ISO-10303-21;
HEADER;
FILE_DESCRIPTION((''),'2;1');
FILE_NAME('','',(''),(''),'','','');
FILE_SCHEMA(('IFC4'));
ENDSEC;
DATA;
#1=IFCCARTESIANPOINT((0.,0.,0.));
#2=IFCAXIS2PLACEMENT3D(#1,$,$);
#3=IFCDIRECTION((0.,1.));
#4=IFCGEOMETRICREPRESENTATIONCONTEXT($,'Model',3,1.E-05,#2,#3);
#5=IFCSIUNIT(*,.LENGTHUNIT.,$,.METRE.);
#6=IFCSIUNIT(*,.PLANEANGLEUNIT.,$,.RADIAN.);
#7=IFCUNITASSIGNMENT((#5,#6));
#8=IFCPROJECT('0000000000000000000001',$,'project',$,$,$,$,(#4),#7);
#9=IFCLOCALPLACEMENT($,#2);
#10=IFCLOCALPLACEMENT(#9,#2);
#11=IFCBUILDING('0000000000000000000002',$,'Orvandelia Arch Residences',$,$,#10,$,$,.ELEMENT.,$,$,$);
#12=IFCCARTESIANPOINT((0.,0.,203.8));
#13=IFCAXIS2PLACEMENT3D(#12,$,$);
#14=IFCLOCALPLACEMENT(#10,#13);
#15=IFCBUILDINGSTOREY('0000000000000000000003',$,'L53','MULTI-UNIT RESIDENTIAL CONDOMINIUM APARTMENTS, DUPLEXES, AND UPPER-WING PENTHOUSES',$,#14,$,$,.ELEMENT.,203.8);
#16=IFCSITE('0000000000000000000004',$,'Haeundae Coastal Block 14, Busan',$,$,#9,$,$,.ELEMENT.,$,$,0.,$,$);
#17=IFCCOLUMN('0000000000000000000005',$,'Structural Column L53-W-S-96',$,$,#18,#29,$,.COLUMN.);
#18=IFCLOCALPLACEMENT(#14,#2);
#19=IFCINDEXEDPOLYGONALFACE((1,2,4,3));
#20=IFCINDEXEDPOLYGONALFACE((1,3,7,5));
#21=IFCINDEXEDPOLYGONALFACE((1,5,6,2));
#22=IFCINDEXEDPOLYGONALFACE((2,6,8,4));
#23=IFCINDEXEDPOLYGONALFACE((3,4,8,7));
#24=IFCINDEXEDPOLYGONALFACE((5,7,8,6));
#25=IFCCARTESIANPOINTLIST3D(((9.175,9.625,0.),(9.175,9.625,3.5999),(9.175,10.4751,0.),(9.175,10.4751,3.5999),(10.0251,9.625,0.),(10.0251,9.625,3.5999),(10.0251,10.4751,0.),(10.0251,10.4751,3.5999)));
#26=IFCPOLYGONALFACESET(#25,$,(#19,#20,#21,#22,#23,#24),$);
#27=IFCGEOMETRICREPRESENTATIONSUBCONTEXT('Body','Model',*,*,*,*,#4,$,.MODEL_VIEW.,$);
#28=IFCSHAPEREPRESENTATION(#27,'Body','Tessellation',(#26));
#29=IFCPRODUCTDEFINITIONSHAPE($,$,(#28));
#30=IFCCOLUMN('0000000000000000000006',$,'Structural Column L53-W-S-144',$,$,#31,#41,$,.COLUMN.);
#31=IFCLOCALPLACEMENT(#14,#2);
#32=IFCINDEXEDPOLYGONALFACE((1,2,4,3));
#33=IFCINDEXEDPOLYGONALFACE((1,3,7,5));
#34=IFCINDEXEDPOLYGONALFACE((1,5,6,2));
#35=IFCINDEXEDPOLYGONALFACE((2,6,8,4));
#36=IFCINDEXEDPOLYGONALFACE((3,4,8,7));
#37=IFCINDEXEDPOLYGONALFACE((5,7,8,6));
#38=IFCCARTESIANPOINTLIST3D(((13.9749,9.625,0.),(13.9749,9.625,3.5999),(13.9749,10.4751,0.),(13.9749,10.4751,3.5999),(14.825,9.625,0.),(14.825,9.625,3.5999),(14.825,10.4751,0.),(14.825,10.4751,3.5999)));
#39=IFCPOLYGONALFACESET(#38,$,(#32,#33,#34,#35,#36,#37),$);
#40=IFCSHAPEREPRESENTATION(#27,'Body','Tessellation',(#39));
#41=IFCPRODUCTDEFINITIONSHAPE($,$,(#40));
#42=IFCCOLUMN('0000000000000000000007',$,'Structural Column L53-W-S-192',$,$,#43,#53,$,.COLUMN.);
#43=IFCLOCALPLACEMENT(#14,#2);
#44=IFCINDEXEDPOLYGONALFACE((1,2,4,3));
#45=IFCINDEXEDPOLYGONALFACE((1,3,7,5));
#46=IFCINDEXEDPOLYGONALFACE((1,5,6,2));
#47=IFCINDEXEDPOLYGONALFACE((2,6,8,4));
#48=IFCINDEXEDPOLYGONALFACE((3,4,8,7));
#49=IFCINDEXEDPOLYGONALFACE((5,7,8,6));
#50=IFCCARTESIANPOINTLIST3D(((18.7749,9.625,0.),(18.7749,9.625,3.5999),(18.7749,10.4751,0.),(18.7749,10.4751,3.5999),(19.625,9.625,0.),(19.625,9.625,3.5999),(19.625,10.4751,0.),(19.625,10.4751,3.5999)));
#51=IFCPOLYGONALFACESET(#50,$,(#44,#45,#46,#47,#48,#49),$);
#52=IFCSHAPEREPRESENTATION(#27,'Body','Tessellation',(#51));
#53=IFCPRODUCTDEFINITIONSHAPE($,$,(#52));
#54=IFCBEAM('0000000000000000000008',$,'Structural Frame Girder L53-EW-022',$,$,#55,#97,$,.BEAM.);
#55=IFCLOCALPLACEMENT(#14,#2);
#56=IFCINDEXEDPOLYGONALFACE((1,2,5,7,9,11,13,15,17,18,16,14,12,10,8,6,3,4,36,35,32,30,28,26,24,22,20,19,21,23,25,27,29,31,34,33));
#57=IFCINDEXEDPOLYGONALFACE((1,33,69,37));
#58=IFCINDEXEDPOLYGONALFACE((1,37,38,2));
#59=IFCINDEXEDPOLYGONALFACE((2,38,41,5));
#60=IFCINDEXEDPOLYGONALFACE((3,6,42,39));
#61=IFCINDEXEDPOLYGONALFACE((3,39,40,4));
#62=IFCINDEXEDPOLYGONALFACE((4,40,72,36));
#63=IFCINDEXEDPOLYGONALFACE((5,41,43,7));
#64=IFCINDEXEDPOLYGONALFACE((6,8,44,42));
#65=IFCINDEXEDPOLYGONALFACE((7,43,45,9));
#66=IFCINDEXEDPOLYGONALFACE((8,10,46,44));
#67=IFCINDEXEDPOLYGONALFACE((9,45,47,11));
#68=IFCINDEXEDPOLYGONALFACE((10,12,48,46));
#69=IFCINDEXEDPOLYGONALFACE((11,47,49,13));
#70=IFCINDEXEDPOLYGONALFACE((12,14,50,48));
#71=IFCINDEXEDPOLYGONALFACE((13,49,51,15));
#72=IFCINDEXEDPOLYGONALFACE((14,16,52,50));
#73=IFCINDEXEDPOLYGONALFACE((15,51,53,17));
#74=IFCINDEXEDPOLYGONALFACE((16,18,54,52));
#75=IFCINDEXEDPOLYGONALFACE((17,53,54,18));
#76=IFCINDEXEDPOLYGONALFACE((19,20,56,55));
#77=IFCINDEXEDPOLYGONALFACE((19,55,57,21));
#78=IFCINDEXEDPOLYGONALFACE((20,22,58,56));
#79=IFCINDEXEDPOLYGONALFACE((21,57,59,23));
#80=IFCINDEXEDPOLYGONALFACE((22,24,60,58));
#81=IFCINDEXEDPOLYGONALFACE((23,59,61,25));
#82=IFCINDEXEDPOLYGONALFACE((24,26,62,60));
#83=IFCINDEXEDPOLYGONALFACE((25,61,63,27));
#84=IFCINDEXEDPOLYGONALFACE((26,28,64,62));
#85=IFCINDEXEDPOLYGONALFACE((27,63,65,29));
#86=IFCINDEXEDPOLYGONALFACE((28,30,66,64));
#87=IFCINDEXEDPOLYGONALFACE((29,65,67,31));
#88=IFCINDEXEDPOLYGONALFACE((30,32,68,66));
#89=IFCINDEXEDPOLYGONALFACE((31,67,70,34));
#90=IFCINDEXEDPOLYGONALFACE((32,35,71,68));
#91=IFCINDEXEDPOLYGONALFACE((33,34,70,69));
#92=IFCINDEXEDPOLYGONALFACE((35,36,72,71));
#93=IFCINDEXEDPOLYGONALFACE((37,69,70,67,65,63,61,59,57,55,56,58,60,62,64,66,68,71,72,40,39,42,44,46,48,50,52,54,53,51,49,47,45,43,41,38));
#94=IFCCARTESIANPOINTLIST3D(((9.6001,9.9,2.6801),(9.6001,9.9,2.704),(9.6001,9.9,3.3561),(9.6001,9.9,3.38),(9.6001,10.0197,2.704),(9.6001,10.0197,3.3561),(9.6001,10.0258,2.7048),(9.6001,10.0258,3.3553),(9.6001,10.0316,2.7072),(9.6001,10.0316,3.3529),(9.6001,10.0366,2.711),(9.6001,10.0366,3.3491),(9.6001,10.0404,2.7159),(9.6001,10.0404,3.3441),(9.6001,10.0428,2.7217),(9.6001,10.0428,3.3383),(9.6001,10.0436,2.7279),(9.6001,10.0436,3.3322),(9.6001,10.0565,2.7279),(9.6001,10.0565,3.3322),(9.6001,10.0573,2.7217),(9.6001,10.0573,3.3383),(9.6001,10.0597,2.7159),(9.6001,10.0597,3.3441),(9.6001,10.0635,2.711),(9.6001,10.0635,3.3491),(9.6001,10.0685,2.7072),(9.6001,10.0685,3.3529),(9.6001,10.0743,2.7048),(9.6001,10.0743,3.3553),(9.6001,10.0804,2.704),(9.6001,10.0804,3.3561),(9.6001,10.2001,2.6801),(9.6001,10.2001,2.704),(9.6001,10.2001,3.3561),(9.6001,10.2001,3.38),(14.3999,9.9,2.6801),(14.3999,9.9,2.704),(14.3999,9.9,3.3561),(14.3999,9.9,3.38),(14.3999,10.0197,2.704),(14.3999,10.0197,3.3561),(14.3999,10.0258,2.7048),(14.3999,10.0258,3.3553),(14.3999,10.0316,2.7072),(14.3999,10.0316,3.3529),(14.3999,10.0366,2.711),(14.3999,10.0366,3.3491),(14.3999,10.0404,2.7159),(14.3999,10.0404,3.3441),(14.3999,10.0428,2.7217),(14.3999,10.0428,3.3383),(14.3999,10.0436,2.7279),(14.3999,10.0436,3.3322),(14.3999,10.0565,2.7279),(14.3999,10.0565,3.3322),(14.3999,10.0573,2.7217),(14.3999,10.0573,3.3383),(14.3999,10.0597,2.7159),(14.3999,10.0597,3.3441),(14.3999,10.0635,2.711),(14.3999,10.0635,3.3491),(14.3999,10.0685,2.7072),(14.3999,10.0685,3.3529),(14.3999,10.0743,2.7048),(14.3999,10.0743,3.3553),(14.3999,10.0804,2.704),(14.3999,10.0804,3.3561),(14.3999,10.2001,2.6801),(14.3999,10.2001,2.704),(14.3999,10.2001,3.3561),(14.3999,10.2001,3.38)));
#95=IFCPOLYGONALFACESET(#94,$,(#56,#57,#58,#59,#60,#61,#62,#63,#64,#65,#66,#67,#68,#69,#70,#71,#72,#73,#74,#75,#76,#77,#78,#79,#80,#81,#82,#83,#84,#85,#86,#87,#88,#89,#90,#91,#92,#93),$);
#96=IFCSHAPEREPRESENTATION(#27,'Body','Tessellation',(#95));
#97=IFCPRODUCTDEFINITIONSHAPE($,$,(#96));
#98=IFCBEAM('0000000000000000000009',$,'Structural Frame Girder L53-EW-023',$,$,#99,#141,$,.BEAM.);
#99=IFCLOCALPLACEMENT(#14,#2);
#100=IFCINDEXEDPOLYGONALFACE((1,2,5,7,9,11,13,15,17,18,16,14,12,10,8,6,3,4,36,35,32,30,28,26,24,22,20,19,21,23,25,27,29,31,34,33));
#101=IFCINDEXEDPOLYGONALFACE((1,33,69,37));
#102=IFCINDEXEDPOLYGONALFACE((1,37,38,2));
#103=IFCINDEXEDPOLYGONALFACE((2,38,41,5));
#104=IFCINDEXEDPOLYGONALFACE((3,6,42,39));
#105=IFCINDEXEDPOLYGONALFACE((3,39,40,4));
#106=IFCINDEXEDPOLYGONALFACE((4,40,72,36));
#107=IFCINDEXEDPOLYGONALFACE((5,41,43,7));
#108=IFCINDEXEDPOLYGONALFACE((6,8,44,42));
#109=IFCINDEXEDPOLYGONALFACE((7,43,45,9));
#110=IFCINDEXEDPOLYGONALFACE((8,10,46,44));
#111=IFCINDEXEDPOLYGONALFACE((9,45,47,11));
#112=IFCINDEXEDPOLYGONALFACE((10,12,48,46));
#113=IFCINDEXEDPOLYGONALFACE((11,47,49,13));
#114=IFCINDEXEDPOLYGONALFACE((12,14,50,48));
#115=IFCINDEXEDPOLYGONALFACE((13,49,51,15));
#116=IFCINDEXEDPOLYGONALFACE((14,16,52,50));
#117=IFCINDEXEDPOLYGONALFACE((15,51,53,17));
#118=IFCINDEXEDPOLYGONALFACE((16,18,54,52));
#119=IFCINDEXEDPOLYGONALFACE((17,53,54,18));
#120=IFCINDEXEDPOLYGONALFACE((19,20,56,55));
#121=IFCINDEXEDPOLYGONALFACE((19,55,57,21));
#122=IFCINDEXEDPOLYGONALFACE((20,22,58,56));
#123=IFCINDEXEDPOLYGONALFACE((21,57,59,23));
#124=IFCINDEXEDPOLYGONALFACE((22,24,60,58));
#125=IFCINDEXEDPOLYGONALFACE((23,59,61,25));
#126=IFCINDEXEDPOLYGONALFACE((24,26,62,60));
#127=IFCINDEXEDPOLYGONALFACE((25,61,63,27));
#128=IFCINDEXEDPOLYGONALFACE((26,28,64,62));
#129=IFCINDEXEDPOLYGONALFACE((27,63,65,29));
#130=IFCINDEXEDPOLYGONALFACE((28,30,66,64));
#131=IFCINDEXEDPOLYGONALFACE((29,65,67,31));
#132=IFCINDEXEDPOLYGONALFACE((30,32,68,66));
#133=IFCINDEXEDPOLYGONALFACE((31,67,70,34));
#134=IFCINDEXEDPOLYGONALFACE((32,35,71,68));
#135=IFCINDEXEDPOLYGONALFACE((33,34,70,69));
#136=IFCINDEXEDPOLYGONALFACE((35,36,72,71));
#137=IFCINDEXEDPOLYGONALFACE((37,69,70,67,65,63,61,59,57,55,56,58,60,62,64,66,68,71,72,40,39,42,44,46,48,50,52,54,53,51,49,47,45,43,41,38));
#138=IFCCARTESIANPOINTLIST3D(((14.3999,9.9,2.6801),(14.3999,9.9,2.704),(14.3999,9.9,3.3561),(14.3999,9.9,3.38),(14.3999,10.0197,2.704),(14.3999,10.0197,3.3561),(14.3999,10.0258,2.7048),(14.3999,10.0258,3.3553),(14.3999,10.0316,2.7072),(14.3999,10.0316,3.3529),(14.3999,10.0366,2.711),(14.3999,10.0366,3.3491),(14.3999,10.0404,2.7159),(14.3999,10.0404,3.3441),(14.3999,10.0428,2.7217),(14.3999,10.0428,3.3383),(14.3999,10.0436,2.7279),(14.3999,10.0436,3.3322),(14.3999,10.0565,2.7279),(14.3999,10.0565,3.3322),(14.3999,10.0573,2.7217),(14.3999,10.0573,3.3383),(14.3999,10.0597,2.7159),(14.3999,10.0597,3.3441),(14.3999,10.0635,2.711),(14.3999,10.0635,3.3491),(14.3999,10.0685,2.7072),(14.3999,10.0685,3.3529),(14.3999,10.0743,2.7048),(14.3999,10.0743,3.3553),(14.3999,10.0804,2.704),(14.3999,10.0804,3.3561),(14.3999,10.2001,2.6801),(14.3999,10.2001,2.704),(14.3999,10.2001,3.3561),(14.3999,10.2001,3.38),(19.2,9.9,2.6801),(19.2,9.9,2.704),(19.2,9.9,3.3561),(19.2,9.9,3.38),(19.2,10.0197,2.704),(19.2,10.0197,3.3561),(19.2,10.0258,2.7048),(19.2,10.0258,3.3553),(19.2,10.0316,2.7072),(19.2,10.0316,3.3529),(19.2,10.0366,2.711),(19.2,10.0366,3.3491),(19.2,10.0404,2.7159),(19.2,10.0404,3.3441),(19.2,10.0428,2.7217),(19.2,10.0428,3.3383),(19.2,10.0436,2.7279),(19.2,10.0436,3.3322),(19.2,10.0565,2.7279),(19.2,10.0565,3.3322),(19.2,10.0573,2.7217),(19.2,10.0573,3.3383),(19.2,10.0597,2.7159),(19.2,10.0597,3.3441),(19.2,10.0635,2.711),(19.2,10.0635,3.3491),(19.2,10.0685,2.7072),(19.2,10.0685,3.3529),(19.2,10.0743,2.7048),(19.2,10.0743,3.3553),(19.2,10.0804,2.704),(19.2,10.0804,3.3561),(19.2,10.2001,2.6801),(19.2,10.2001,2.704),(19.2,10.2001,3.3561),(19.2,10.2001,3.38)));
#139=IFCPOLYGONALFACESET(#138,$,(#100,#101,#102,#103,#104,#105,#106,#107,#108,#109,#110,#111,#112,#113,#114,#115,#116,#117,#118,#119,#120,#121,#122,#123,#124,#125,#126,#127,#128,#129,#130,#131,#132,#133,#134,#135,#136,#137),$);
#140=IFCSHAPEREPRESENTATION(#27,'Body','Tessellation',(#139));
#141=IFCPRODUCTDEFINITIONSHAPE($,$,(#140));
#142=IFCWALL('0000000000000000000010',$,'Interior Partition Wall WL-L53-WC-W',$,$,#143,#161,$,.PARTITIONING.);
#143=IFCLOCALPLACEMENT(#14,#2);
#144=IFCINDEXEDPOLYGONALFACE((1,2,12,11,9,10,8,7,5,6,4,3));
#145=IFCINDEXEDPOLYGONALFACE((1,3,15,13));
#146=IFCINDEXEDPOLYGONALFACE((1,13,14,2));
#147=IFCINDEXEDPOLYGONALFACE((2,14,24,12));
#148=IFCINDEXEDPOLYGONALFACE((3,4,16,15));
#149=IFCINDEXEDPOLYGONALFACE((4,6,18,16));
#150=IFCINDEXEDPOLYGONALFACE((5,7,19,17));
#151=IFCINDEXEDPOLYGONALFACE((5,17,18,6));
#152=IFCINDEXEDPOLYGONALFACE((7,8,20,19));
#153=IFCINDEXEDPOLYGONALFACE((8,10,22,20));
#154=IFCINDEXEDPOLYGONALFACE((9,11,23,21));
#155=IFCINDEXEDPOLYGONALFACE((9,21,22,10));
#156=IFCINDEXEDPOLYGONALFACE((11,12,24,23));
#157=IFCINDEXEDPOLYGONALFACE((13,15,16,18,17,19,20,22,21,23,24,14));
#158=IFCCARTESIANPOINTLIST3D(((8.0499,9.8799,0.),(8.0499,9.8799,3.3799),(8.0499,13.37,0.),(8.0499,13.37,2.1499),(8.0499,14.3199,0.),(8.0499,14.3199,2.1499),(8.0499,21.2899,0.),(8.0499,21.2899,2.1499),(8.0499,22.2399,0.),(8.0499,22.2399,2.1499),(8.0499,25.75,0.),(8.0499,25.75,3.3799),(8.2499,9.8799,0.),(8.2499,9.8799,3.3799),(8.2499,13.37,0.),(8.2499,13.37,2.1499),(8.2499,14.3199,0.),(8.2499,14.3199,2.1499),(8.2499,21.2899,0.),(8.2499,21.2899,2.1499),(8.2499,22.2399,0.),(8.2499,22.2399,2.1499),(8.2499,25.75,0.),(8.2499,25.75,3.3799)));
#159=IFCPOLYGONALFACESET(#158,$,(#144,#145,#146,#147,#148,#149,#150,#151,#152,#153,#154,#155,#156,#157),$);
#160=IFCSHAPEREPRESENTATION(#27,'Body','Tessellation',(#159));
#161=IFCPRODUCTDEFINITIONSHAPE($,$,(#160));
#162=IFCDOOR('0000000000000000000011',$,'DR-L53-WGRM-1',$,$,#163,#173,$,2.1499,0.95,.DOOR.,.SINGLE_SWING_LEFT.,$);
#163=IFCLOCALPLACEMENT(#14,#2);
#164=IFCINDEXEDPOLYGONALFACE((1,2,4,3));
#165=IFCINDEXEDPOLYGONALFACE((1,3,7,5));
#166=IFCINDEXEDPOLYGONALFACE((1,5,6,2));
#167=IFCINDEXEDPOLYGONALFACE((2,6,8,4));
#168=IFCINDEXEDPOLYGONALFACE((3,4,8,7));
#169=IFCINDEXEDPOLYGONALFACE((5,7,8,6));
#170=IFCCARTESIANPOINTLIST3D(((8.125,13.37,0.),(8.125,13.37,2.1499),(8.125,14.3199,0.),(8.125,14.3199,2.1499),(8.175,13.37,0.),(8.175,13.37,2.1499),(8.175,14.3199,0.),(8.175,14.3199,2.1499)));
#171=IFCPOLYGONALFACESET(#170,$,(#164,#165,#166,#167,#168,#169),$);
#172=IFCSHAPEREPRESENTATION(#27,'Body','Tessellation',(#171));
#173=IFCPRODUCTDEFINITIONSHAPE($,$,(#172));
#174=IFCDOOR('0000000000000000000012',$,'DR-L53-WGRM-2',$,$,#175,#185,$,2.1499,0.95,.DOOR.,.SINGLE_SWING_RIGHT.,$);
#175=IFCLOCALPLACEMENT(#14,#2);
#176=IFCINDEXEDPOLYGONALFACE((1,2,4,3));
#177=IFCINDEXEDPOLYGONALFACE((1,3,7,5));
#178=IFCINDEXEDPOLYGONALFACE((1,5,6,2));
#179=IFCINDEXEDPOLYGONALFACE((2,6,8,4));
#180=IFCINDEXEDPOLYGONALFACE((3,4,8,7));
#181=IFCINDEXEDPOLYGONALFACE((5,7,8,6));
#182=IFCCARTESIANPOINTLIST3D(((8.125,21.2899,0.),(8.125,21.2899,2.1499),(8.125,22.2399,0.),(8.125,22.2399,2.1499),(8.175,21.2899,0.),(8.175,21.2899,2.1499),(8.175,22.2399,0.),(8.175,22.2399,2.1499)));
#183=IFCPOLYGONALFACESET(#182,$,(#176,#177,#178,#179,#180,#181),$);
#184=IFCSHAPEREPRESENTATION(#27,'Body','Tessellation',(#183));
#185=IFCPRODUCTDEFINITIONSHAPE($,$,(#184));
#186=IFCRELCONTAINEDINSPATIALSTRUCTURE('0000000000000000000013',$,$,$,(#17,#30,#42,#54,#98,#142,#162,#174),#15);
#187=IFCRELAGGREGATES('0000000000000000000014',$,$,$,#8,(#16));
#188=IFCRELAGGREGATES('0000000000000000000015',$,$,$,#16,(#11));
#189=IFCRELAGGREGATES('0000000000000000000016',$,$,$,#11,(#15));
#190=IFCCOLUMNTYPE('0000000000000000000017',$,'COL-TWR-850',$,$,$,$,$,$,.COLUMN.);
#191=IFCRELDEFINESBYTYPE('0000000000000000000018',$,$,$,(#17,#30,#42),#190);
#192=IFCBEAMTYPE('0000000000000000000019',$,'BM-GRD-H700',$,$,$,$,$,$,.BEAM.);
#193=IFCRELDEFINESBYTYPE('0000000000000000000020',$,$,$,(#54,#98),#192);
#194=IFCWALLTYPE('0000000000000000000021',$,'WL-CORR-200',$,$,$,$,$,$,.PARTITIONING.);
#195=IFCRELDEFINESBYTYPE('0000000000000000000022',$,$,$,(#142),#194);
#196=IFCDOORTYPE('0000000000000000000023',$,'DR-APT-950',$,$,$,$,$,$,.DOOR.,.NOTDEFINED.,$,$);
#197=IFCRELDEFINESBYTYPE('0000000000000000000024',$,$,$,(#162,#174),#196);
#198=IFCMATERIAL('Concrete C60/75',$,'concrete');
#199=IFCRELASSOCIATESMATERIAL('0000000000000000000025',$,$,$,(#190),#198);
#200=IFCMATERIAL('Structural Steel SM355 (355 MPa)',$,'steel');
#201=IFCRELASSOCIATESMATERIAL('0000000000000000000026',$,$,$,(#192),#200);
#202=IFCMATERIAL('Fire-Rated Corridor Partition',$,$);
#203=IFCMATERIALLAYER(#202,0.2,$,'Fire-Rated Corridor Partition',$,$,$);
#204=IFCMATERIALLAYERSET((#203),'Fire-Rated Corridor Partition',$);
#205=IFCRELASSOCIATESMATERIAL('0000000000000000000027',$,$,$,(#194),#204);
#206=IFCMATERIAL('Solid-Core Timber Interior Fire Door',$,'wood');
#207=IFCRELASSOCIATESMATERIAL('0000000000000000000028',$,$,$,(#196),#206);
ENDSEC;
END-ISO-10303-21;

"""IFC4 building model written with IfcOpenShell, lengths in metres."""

from ifc_helpers import new_model, si_unit, direction, frame, frame_2d, origin, origin_2d, place, context, subcontext, project, spatial, rectangle, i_section, extrude, material, layer, layer_set, material_profile, profile_set, type_object, element, fill, save


model = new_model("IFC4")

# Units and contexts
model_context = context("Model", 3, precision=1e-05, world=origin(), true_north=direction((0.0, 1.0)))
body_context = subcontext(model_context, "Body", "Model", "MODEL_VIEW")
ifc_project = project(units=[si_unit("LENGTHUNIT", "METRE"), si_unit("PLANEANGLEUNIT", "RADIAN")], contexts=[model_context])

# Site, building, storey
site_placement = place(None, origin())
site = spatial("IfcSite", under=ifc_project, at=site_placement, Name="Haeundae Coastal Block 14, Busan", CompositionType="ELEMENT", RefElevation=0.0)
building_placement = place(site_placement, origin())
building = spatial("IfcBuilding", under=site, at=building_placement, Name="Orvandelia Arch Residences", CompositionType="ELEMENT")
storey_placement = place(building_placement, frame((0.0, 0.0, 203.8)))
storey = spatial("IfcBuildingStorey", under=building, at=storey_placement, Name="L53", Description="MULTI-UNIT RESIDENTIAL CONDOMINIUM APARTMENTS, DUPLEXES, AND UPPER-WING PENTHOUSES", CompositionType="ELEMENT", Elevation=203.8)

# Columns
ifc_material_1 = material(Name="Concrete C60/75", Category="concrete")
ifc_material_profile_1 = material_profile(ifc_material_1, rectangle(XDim=0.8501, YDim=0.8501, at=origin_2d()), Name="Concrete C60/75", Category="concrete")
ifc_profile_set_1 = profile_set([ifc_material_profile_1], Name="Concrete C60/75")
column_type = type_object("IfcColumnType", Name="COL-TWR-850", PredefinedType="COLUMN", material=ifc_profile_set_1)
for number, where, z_axis, x_axis, name in (
    (1, (9.6001, 10.05, 0.0), (0.0, 0.0, 1.0), (1.0, 0.0, 0.0), "Structural Column L53-W-S-96"),
    (2, (14.3999, 10.05, 0.0), (0.0, 0.0, 1.0), (1.0, 0.0, 0.0), "Structural Column L53-W-S-144"),
    (3, (19.2, 10.05, 0.0), (0.0, 0.0, 1.0), (1.0, 0.0, 0.0), "Structural Column L53-W-S-192"),
):
    element("IfcColumn", number, at=place(storey_placement, frame(where, z_axis=z_axis, x_axis=x_axis)), inside=storey, type_object=column_type, Name=name, PredefinedType="COLUMN", context=body_context, shape_type="SweptSolid", body=[
        extrude(rectangle(XDim=0.8501, YDim=0.8501, at=origin_2d()), origin(), (0.0, 0.0, 1.0), 3.5999),
    ])

# Beams
ifc_material_2 = material(Name="Structural Steel SM355 (355 MPa)", Category="steel")
ifc_material_profile_2 = material_profile(ifc_material_2, i_section(OverallWidth=0.3, OverallDepth=0.7, WebThickness=0.0129, FlangeThickness=0.0239, FilletRadius=0.0239, at=origin_2d()), Name="Structural Steel SM355 (355 MPa)", Category="steel")
ifc_profile_set_2 = profile_set([ifc_material_profile_2], Name="Structural Steel SM355 (355 MPa)")
beam_type = type_object("IfcBeamType", Name="BM-GRD-H700", PredefinedType="BEAM", material=ifc_profile_set_2)
beam_1_placement = place(storey_placement, frame((9.6001, 10.05, 3.03), z_axis=(1.0, 0.0, 0.0), x_axis=(0.0, 1.0, 0.0)))
element("IfcBeam", 4, at=beam_1_placement, inside=storey, type_object=beam_type, Name="Structural Frame Girder L53-EW-022", PredefinedType="BEAM", context=body_context, shape_type="SweptSolid", body=[
    extrude(i_section(OverallWidth=0.3, OverallDepth=0.7, WebThickness=0.0129, FlangeThickness=0.0239, FilletRadius=0.0239, at=origin_2d()), origin(), (0.0, 0.0, 1.0), 4.7998),
])
beam_2_placement = place(storey_placement, frame((14.3999, 10.05, 3.03), z_axis=(1.0, 0.0, 0.0), x_axis=(0.0, 1.0, 0.0)))
element("IfcBeam", 5, at=beam_2_placement, inside=storey, type_object=beam_type, Name="Structural Frame Girder L53-EW-023", PredefinedType="BEAM", context=body_context, shape_type="SweptSolid", body=[
    extrude(i_section(OverallWidth=0.3, OverallDepth=0.7, WebThickness=0.0129, FlangeThickness=0.0239, FilletRadius=0.0239, at=origin_2d()), origin(), (0.0, 0.0, 1.0), 4.8),
])

# Wall, openings, doors
ifc_material_3 = material(Name="Fire-Rated Corridor Partition")
ifc_layer_1 = layer(ifc_material_3, 0.2, Name="Fire-Rated Corridor Partition")
ifc_layer_set_1 = layer_set([ifc_layer_1], Name="Fire-Rated Corridor Partition")
wall_type_1 = type_object("IfcWallType", Name="WL-CORR-200", PredefinedType="PARTITIONING", material=ifc_layer_set_1)
wall_1_placement = place(storey_placement, frame((8.1499, 9.8799, 0.0), z_axis=(0.0, 0.0, 1.0), x_axis=(0.0, 1.0, 0.0)))
wall_1 = element("IfcWall", 6, at=wall_1_placement, inside=storey, type_object=wall_type_1, Name="Interior Partition Wall WL-L53-WC-W", PredefinedType="PARTITIONING", context=body_context, shape_type="SweptSolid", body=[
    extrude(rectangle(XDim=15.8701, YDim=0.2, at=frame_2d((7.9351, 0.0))), origin(), (0.0, 0.0, 1.0), 3.3799),
])
opening_1_placement = place(wall_1_placement, frame((3.49, 0.0, 0.0)))
opening_1 = element("IfcOpeningElement", 7, at=opening_1_placement, cuts=wall_1, PredefinedType="OPENING", context=body_context, shape_type="SweptSolid", body=[
    extrude(rectangle(XDim=0.95, YDim=2.1499, at=frame_2d((0.4751, 1.075))), frame((0.0, 0.1099, 0.0), z_axis=(0.0, -1.0, 0.0), x_axis=(1.0, 0.0, 0.0)), (0.0, 0.0, 1.0), 0.22),
])
opening_2_placement = place(wall_1_placement, frame((11.4099, 0.0, 0.0)))
opening_2 = element("IfcOpeningElement", 8, at=opening_2_placement, cuts=wall_1, PredefinedType="OPENING", context=body_context, shape_type="SweptSolid", body=[
    extrude(rectangle(XDim=0.95, YDim=2.1499, at=frame_2d((0.4751, 1.075))), frame((0.0, 0.1099, 0.0), z_axis=(0.0, -1.0, 0.0), x_axis=(1.0, 0.0, 0.0)), (0.0, 0.0, 1.0), 0.22),
])
ifc_material_4 = material(Name="Solid-Core Timber Interior Fire Door", Category="wood")
door_type_1 = type_object("IfcDoorType", Name="DR-APT-950", OperationType="NOTDEFINED", PredefinedType="DOOR", material=ifc_material_4)
door_1_placement = place(opening_1_placement, origin())
door_1 = element("IfcDoor", 9, at=door_1_placement, inside=storey, type_object=door_type_1, Name="DR-L53-WGRM-1", OperationType="SINGLE_SWING_LEFT", OverallHeight=2.1499, OverallWidth=0.95, PredefinedType="DOOR", context=body_context, shape_type="SweptSolid", body=[
    extrude(rectangle(XDim=0.95, YDim=2.1499, at=frame_2d((0.4751, 1.075))), frame((0.0, 0.0249, 0.0), z_axis=(0.0, -1.0, 0.0), x_axis=(1.0, 0.0, 0.0)), (0.0, 0.0, 1.0), 0.05),
])
fill(opening_1, door_1)
door_2_placement = place(opening_2_placement, origin())
door_2 = element("IfcDoor", 10, at=door_2_placement, inside=storey, type_object=door_type_1, Name="DR-L53-WGRM-2", OperationType="SINGLE_SWING_RIGHT", OverallHeight=2.1499, OverallWidth=0.95, PredefinedType="DOOR", context=body_context, shape_type="SweptSolid", body=[
    extrude(rectangle(XDim=0.95, YDim=2.1499, at=frame_2d((0.4751, 1.075))), frame((0.0, 0.0249, 0.0), z_axis=(0.0, -1.0, 0.0), x_axis=(1.0, 0.0, 0.0)), (0.0, 0.0, 1.0), 0.05),
])
fill(opening_2, door_2)

save(model, "model.ifc")
